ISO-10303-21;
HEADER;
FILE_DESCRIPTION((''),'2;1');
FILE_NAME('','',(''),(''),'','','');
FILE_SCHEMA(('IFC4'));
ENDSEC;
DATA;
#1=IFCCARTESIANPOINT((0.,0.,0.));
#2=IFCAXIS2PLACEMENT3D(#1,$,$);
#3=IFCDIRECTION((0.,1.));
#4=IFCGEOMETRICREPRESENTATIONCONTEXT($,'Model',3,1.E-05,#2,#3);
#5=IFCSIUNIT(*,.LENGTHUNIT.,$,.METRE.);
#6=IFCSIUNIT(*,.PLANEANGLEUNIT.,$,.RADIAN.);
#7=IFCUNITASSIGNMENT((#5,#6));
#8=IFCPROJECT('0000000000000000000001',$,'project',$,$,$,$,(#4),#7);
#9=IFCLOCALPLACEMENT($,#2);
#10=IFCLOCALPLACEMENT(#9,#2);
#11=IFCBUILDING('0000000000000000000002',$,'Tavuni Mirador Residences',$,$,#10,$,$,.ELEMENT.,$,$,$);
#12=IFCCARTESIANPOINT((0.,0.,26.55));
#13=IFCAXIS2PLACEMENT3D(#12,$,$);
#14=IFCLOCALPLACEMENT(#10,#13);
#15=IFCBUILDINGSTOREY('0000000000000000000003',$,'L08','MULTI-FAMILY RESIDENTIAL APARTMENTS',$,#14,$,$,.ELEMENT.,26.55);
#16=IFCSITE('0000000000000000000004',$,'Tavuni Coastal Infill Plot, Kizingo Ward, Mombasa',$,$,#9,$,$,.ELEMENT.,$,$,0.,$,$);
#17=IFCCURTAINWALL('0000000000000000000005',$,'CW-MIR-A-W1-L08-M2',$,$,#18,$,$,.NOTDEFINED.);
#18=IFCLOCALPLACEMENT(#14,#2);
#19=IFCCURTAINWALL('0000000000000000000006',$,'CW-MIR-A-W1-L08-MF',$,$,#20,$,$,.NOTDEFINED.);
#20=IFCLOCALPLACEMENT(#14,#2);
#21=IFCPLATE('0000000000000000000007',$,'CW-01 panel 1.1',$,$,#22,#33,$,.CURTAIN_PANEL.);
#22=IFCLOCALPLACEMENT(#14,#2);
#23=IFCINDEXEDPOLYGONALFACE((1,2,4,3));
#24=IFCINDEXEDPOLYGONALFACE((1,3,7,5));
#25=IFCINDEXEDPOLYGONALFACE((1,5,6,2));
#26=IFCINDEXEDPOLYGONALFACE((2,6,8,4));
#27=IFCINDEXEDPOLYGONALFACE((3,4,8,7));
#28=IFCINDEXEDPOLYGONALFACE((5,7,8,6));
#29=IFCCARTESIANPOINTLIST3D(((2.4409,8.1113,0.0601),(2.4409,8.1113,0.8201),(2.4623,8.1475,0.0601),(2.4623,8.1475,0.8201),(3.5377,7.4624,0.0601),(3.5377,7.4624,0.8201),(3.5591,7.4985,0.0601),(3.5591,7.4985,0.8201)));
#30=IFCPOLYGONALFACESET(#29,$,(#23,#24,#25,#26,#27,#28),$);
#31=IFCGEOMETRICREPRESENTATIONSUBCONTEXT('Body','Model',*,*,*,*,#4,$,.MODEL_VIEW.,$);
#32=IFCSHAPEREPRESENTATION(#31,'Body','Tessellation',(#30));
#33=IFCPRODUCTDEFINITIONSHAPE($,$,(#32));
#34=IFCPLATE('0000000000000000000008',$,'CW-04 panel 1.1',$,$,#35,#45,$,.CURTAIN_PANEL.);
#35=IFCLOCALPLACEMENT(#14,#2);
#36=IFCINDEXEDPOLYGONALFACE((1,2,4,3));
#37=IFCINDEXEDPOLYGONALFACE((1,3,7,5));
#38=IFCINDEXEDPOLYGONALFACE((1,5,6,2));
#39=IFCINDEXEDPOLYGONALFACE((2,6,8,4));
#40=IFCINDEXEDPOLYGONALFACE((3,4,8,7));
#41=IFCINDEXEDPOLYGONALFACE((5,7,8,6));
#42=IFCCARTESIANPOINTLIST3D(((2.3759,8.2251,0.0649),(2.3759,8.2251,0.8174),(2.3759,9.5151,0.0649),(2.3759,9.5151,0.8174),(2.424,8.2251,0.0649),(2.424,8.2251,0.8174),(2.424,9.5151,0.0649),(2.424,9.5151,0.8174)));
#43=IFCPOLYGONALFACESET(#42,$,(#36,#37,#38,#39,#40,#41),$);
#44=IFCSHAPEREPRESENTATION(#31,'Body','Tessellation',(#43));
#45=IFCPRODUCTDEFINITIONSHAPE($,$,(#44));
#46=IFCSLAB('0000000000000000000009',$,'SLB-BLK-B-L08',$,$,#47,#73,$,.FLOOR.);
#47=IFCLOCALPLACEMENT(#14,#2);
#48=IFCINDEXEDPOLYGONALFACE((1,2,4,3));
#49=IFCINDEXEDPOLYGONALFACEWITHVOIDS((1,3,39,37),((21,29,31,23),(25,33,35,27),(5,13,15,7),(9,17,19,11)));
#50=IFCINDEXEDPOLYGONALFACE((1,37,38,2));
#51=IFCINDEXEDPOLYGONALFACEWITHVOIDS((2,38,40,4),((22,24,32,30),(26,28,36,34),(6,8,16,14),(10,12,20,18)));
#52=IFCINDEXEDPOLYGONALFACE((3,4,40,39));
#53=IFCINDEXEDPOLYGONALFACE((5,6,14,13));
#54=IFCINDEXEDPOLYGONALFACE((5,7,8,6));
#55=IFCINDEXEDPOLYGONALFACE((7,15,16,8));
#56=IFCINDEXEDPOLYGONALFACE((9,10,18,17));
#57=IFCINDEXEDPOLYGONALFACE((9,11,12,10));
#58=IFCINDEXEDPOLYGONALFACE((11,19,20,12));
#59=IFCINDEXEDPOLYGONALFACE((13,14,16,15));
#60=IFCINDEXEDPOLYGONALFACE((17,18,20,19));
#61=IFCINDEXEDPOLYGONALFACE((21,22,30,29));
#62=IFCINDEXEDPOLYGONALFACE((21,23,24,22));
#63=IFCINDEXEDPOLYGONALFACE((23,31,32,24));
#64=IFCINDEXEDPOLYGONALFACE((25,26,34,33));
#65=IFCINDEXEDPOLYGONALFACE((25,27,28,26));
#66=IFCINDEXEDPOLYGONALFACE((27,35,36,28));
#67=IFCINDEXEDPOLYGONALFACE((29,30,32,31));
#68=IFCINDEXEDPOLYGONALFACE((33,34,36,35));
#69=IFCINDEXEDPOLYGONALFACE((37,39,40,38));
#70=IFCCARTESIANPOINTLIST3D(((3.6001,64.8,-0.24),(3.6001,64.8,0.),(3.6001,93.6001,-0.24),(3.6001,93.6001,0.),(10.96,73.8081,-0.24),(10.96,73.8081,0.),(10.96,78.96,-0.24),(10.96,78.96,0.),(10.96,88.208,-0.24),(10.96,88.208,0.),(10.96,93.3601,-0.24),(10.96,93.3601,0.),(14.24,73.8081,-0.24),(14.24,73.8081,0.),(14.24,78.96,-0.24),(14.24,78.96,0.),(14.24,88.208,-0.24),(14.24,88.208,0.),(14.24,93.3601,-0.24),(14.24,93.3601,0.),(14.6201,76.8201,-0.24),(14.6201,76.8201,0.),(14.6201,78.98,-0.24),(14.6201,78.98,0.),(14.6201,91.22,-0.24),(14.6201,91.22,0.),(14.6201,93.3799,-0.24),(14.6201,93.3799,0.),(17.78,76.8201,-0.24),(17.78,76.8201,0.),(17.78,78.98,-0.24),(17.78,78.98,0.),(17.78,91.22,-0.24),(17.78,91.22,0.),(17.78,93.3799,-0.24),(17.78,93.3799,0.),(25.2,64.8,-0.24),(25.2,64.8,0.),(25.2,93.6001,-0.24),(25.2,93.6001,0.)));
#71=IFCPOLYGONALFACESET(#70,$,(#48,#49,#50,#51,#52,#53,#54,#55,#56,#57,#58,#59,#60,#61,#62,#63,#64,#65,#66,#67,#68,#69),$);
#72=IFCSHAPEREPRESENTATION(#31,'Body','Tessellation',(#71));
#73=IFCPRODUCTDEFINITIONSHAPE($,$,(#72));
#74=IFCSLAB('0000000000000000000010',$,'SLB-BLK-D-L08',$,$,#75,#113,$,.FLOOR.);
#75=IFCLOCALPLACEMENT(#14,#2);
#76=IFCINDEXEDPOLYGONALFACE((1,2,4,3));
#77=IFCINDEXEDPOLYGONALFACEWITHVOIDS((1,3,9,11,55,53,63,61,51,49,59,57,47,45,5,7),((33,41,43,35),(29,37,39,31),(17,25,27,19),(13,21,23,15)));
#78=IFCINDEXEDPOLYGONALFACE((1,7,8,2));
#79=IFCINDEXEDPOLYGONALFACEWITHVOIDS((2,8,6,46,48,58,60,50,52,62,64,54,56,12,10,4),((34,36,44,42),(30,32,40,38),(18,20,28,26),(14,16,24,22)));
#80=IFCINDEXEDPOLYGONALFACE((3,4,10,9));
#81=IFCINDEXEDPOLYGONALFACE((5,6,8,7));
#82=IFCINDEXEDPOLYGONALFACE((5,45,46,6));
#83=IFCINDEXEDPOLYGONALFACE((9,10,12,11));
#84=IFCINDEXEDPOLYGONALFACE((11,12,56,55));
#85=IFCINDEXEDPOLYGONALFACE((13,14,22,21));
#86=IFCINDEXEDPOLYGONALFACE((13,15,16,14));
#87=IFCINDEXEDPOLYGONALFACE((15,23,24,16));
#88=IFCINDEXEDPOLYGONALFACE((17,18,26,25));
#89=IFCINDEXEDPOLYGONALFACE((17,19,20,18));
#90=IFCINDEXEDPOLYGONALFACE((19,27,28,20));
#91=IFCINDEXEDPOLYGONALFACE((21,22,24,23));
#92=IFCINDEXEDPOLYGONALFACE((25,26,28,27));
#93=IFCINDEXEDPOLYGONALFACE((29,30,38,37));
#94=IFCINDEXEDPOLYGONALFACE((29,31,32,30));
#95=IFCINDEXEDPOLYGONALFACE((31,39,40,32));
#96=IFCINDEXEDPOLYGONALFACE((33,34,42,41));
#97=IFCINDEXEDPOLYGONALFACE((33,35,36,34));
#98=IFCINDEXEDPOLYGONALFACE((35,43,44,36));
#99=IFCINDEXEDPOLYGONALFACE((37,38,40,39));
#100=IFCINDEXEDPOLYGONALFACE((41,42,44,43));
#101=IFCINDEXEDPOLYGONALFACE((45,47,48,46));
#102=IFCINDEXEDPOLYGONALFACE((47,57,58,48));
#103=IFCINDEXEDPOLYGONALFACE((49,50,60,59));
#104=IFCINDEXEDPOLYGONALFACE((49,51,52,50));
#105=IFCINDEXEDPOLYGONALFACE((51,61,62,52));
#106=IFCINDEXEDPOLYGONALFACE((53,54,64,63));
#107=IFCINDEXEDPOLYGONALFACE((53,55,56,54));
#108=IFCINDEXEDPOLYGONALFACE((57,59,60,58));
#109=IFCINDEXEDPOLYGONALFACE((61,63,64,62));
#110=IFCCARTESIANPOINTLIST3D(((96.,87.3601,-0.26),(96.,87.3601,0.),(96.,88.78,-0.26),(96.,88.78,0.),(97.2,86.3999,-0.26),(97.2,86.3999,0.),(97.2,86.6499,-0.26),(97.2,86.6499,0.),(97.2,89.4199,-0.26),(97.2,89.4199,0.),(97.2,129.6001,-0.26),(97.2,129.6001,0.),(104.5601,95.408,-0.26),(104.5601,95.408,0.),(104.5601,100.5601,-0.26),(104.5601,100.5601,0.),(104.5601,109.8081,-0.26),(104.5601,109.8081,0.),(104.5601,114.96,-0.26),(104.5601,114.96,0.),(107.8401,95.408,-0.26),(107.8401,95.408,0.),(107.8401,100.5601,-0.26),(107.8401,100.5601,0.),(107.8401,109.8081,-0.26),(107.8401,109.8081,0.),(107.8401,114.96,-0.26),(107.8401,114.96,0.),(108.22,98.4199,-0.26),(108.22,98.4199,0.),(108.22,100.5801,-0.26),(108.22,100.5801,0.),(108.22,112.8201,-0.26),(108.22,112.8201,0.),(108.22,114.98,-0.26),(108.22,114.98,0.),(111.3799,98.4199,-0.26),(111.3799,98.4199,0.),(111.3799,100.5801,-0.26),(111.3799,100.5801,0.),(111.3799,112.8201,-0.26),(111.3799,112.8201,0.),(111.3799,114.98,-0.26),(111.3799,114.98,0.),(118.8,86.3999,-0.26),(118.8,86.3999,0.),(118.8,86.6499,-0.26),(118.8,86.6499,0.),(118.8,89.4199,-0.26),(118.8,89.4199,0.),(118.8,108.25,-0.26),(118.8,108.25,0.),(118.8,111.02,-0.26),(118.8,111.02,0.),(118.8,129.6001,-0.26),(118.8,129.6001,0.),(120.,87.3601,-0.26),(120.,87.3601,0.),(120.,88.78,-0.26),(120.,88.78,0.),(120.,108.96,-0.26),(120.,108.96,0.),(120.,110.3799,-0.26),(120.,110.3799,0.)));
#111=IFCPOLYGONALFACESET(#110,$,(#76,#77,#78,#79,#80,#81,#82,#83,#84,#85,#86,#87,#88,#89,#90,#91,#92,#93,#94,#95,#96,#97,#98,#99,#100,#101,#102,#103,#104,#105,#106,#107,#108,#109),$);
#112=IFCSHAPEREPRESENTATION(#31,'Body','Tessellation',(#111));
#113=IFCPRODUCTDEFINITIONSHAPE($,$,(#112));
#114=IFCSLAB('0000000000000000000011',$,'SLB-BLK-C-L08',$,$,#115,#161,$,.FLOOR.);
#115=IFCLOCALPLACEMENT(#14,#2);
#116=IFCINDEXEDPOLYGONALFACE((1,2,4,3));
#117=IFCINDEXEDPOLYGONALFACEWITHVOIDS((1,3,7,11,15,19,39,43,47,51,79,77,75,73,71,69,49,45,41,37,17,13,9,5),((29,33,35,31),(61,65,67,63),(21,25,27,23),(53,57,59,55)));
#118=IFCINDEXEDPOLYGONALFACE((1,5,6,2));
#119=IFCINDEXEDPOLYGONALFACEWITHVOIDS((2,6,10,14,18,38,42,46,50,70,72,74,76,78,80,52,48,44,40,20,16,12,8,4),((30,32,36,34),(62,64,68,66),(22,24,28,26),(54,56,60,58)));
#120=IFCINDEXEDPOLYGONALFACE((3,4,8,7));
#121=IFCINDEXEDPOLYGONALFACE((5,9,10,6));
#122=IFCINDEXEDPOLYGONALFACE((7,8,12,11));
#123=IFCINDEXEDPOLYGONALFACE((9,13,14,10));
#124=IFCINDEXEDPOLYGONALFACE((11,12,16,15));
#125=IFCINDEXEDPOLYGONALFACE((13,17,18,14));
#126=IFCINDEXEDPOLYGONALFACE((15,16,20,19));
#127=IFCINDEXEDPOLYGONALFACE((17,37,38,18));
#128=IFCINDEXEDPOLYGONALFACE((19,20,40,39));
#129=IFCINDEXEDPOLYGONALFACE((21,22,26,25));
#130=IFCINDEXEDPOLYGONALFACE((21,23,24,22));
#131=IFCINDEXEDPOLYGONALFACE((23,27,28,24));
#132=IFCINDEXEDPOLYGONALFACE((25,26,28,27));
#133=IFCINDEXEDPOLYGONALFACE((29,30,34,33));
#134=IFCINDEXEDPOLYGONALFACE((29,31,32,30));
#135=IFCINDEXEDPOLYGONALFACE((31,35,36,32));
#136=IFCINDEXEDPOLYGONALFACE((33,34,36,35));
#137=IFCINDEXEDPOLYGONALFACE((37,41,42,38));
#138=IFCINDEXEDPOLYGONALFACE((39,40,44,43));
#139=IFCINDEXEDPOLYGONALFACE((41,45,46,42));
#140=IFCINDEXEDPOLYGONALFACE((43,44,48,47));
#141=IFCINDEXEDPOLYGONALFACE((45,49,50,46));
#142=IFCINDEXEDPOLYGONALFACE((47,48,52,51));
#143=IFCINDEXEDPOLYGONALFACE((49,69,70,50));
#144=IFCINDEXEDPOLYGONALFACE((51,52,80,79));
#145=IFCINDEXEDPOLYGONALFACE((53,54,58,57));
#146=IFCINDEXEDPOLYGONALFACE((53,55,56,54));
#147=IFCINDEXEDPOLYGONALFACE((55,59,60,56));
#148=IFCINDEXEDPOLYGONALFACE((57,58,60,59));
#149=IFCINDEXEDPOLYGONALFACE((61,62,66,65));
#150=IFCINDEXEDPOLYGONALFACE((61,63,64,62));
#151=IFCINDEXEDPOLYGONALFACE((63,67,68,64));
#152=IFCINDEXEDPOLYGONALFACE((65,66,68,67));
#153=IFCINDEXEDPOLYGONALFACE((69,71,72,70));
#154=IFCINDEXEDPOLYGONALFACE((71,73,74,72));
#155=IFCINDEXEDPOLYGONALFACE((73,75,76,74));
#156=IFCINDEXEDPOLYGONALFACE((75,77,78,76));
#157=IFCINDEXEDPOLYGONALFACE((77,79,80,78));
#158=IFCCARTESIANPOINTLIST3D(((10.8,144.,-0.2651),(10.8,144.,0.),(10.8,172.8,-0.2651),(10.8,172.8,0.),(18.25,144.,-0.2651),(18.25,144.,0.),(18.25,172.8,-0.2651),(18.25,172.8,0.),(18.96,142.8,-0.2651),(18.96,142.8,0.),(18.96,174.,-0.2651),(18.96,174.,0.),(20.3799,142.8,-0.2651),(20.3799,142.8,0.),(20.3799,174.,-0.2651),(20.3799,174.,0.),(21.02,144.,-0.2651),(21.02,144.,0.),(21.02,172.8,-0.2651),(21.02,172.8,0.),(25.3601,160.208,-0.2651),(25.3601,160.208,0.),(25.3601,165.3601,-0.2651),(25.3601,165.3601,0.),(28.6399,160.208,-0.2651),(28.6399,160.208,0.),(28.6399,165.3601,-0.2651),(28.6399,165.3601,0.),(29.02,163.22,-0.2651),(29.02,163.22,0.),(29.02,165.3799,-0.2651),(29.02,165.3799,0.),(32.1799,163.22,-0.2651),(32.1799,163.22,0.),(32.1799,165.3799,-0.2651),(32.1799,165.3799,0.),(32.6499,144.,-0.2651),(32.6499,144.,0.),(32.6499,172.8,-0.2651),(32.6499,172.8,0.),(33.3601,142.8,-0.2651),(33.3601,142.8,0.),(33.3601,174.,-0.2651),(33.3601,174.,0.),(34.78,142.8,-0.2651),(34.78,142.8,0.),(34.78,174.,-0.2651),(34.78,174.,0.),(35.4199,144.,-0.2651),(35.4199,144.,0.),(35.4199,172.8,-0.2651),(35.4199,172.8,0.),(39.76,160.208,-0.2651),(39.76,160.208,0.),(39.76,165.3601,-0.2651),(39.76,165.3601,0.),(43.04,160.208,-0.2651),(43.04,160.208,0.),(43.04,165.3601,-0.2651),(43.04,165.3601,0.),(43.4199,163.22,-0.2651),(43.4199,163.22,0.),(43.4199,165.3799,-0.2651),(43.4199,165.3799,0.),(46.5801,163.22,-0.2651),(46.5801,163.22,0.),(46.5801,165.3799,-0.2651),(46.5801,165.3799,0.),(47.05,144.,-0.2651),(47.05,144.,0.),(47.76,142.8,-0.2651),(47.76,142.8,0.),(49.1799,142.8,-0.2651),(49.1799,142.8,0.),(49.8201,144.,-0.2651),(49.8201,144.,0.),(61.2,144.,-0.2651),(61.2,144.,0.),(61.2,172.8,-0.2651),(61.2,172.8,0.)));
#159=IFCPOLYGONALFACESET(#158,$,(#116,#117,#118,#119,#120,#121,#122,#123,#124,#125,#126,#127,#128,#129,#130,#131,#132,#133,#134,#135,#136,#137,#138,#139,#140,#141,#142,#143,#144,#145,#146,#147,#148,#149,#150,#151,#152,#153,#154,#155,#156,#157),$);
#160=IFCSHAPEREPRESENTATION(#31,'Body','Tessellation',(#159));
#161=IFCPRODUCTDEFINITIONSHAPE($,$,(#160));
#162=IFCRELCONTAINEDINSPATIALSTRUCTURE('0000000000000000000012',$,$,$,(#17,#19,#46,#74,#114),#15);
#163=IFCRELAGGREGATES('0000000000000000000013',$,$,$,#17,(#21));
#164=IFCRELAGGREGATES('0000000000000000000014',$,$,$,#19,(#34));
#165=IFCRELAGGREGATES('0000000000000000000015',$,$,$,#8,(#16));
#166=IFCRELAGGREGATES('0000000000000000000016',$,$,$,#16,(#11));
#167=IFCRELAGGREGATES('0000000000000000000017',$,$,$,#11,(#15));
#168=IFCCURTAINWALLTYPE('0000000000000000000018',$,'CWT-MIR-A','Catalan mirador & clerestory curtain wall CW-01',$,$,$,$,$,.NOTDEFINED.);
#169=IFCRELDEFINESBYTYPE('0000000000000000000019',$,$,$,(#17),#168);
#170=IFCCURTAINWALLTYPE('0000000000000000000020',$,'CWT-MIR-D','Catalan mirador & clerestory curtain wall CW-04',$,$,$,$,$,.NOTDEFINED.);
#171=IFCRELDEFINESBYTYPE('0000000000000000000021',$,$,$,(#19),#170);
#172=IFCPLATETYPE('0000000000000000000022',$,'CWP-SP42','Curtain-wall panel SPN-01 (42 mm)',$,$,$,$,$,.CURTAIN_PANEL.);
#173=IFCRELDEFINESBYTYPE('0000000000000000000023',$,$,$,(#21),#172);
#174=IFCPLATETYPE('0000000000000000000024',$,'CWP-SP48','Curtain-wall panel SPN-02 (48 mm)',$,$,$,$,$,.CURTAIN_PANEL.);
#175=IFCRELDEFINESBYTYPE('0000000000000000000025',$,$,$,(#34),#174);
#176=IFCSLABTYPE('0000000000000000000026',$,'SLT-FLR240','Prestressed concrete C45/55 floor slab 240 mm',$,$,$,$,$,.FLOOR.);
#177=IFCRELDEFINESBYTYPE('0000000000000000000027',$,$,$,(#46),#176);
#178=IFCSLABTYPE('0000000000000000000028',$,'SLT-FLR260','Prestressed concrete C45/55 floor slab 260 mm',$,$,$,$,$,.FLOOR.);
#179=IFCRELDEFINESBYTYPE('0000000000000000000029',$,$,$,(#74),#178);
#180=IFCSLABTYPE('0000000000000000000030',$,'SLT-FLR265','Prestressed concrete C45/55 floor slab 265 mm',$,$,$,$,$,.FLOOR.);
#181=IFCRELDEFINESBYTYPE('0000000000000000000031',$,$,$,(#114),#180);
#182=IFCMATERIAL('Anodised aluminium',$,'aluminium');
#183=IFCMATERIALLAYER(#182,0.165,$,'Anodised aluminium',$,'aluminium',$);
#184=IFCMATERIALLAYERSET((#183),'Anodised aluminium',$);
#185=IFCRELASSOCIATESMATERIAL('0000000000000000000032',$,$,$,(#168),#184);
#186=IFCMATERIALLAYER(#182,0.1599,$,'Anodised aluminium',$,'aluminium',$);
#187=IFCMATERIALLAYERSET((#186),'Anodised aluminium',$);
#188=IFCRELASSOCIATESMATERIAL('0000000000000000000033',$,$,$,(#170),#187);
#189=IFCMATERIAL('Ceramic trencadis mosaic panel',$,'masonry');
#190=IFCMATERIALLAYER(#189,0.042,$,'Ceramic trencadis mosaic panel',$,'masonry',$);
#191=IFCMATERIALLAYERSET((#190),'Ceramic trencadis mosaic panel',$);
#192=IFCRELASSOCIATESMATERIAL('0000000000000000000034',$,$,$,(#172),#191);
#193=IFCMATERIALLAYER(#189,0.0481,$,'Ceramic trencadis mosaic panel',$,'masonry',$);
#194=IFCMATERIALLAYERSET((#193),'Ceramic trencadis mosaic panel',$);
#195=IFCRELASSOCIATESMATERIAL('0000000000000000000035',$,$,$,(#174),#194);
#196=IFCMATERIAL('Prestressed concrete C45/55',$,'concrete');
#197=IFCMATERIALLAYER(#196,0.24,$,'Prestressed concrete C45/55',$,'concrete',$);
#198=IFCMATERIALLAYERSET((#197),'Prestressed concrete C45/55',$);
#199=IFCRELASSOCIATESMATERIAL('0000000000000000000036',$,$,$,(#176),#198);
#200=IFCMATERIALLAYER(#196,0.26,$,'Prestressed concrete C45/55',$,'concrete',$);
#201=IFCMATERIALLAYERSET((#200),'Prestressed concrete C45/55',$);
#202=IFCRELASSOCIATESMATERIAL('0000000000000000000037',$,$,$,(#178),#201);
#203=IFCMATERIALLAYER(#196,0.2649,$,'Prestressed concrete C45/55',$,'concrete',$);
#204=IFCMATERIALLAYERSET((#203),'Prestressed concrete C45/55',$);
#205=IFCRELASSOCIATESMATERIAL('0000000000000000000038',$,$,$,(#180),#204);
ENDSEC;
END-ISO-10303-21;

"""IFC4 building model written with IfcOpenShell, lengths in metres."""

from ifc_helpers import new_model, si_unit, direction, frame, origin, origin_2d, place, context, subcontext, project, spatial, polyline, rectangle, outline, extrude, material, layer, layer_set, type_object, element, aggregate, save


model = new_model("IFC4")

# Units and contexts
model_context = context("Model", 3, precision=1e-05, world=origin(), true_north=direction((0.0, 1.0)))
body_context = subcontext(model_context, "Body", "Model", "MODEL_VIEW")
ifc_project = project(units=[si_unit("LENGTHUNIT", "METRE"), si_unit("PLANEANGLEUNIT", "RADIAN")], contexts=[model_context])

# Site, building, storey
site_placement = place(None, origin())
site = spatial("IfcSite", under=ifc_project, at=site_placement, Name="Tavuni Coastal Infill Plot, Kizingo Ward, Mombasa", CompositionType="ELEMENT", RefElevation=0.0)
building_placement = place(site_placement, origin())
building = spatial("IfcBuilding", under=site, at=building_placement, Name="Tavuni Mirador Residences", CompositionType="ELEMENT")
storey_placement = place(building_placement, frame((0.0, 0.0, 26.55)))
storey = spatial("IfcBuildingStorey", under=building, at=storey_placement, Name="L08", Description="MULTI-FAMILY RESIDENTIAL APARTMENTS", CompositionType="ELEMENT", Elevation=26.55)

# Curtain walls
ifc_material_1 = material(Name="Anodised aluminium", Category="aluminium")
ifc_layer_1 = layer(ifc_material_1, 0.165, Name="Anodised aluminium", Category="aluminium")
ifc_layer_set_1 = layer_set([ifc_layer_1], Name="Anodised aluminium")
curtain_wall_type_1 = type_object("IfcCurtainWallType", Name="CWT-MIR-A", Description="Catalan mirador & clerestory curtain wall CW-01", PredefinedType="NOTDEFINED", material=ifc_layer_set_1)
curtain_wall_1_placement = place(storey_placement, origin())
curtain_wall_1 = element("IfcCurtainWall", 1, at=curtain_wall_1_placement, inside=storey, type_object=curtain_wall_type_1, Name="CW-MIR-A-W1-L08-M2", PredefinedType="NOTDEFINED")
ifc_layer_2 = layer(ifc_material_1, 0.1599, Name="Anodised aluminium", Category="aluminium")
ifc_layer_set_2 = layer_set([ifc_layer_2], Name="Anodised aluminium")
curtain_wall_type_2 = type_object("IfcCurtainWallType", Name="CWT-MIR-D", Description="Catalan mirador & clerestory curtain wall CW-04", PredefinedType="NOTDEFINED", material=ifc_layer_set_2)
curtain_wall_2_placement = place(storey_placement, origin())
curtain_wall_2 = element("IfcCurtainWall", 2, at=curtain_wall_2_placement, inside=storey, type_object=curtain_wall_type_2, Name="CW-MIR-A-W1-L08-MF", PredefinedType="NOTDEFINED")

# Plates
ifc_material_2 = material(Name="Ceramic trencadis mosaic panel", Category="masonry")
ifc_layer_3 = layer(ifc_material_2, 0.042, Name="Ceramic trencadis mosaic panel", Category="masonry")
ifc_layer_set_3 = layer_set([ifc_layer_3], Name="Ceramic trencadis mosaic panel")
plate_type_1 = type_object("IfcPlateType", Name="CWP-SP42", Description="Curtain-wall panel SPN-01 (42 mm)", PredefinedType="CURTAIN_PANEL", material=ifc_layer_set_3)
plate_1_placement = place(storey_placement, frame((3.0, 7.8049, 0.0601), z_axis=(0.0, 0.0, 1.0), x_axis=(0.860641, -0.509212, 0.0)))
plate_1 = element("IfcPlate", 3, at=plate_1_placement, type_object=plate_type_1, Name="CW-01 panel 1.1", PredefinedType="CURTAIN_PANEL", context=body_context, shape_type="SweptSolid", body=[
    extrude(rectangle(XDim=1.2744, YDim=0.042, at=origin_2d()), origin(), (0.0, 0.0, 1.0), 0.76),
])
aggregate(curtain_wall_1, [plate_1])
ifc_layer_4 = layer(ifc_material_2, 0.0481, Name="Ceramic trencadis mosaic panel", Category="masonry")
ifc_layer_set_4 = layer_set([ifc_layer_4], Name="Ceramic trencadis mosaic panel")
plate_type_2 = type_object("IfcPlateType", Name="CWP-SP48", Description="Curtain-wall panel SPN-02 (48 mm)", PredefinedType="CURTAIN_PANEL", material=ifc_layer_set_4)
plate_2_placement = place(storey_placement, frame((2.3999, 8.8701, 0.0649), z_axis=(0.0, 0.0, 1.0), x_axis=(0.0, -1.0, 0.0)))
plate_2 = element("IfcPlate", 4, at=plate_2_placement, type_object=plate_type_2, Name="CW-04 panel 1.1", PredefinedType="CURTAIN_PANEL", context=body_context, shape_type="SweptSolid", body=[
    extrude(rectangle(XDim=1.29, YDim=0.0481, at=origin_2d()), origin(), (0.0, 0.0, 1.0), 0.7524),
])
aggregate(curtain_wall_2, [plate_2])

# Slabs
ifc_material_3 = material(Name="Prestressed concrete C45/55", Category="concrete")
ifc_layer_5 = layer(ifc_material_3, 0.24, Name="Prestressed concrete C45/55", Category="concrete")
ifc_layer_set_5 = layer_set([ifc_layer_5], Name="Prestressed concrete C45/55")
slab_type_1 = type_object("IfcSlabType", Name="SLT-FLR240", Description="Prestressed concrete C45/55 floor slab 240 mm", PredefinedType="FLOOR", material=ifc_layer_set_5)
slab_1_placement = place(storey_placement, frame((0.0, 0.0, -0.24)))
element("IfcSlab", 5, at=slab_1_placement, inside=storey, type_object=slab_type_1, Name="SLB-BLK-B-L08", PredefinedType="FLOOR", context=body_context, shape_type="SweptSolid", body=[
    extrude(outline(polyline([(3.6001, 64.8), (25.2, 64.8), (25.2, 93.6001), (3.6001, 93.6001), (3.6001, 64.8)]), holes=[polyline([(10.96, 73.8081), (14.24, 73.8081), (14.24, 78.96), (10.96, 78.96), (10.96, 73.8081)]), polyline([(14.6201, 76.8201), (17.78, 76.8201), (17.78, 78.98), (14.6201, 78.98), (14.6201, 76.8201)]), polyline([(10.96, 88.208), (14.24, 88.208), (14.24, 93.3601), (10.96, 93.3601), (10.96, 88.208)]), polyline([(14.6201, 91.22), (17.78, 91.22), (17.78, 93.3799), (14.6201, 93.3799), (14.6201, 91.22)])]), origin(), (0.0, 0.0, 1.0), 0.24),
])
ifc_layer_6 = layer(ifc_material_3, 0.26, Name="Prestressed concrete C45/55", Category="concrete")
ifc_layer_set_6 = layer_set([ifc_layer_6], Name="Prestressed concrete C45/55")
slab_type_2 = type_object("IfcSlabType", Name="SLT-FLR260", Description="Prestressed concrete C45/55 floor slab 260 mm", PredefinedType="FLOOR", material=ifc_layer_set_6)
slab_2_placement = place(storey_placement, frame((0.0, 0.0, -0.26)))
element("IfcSlab", 6, at=slab_2_placement, inside=storey, type_object=slab_type_2, Name="SLB-BLK-D-L08", PredefinedType="FLOOR", context=body_context, shape_type="SweptSolid", body=[
    extrude(outline(polyline([(97.2, 86.3999), (118.8, 86.3999), (118.8, 86.6499), (120.0, 87.3601), (120.0, 88.78), (118.8, 89.4199), (118.8, 108.25), (120.0, 108.96), (120.0, 110.3799), (118.8, 111.02), (118.8, 129.6001), (97.2, 129.6001), (97.2, 89.4199), (96.0, 88.78), (96.0, 87.3601), (97.2, 86.6499), (97.2, 86.3999)]), holes=[polyline([(104.5601, 95.408), (107.8401, 95.408), (107.8401, 100.5601), (104.5601, 100.5601), (104.5601, 95.408)]), polyline([(108.22, 98.4199), (111.3799, 98.4199), (111.3799, 100.5801), (108.22, 100.5801), (108.22, 98.4199)]), polyline([(104.5601, 109.8081), (107.8401, 109.8081), (107.8401, 114.96), (104.5601, 114.96), (104.5601, 109.8081)]), polyline([(108.22, 112.8201), (111.3799, 112.8201), (111.3799, 114.98), (108.22, 114.98), (108.22, 112.8201)])]), origin(), (0.0, 0.0, 1.0), 0.26),
])
ifc_layer_7 = layer(ifc_material_3, 0.2649, Name="Prestressed concrete C45/55", Category="concrete")
ifc_layer_set_7 = layer_set([ifc_layer_7], Name="Prestressed concrete C45/55")
slab_type_3 = type_object("IfcSlabType", Name="SLT-FLR265", Description="Prestressed concrete C45/55 floor slab 265 mm", PredefinedType="FLOOR", material=ifc_layer_set_7)
slab_3_placement = place(storey_placement, frame((0.0, 0.0, -0.2651)))
element("IfcSlab", 7, at=slab_3_placement, inside=storey, type_object=slab_type_3, Name="SLB-BLK-C-L08", PredefinedType="FLOOR", context=body_context, shape_type="SweptSolid", body=[
    extrude(outline(polyline([(10.8, 144.0), (18.25, 144.0), (18.96, 142.8), (20.3799, 142.8), (21.02, 144.0), (32.6499, 144.0), (33.3601, 142.8), (34.78, 142.8), (35.4199, 144.0), (47.05, 144.0), (47.76, 142.8), (49.1799, 142.8), (49.8201, 144.0), (61.2, 144.0), (61.2, 172.8), (35.4199, 172.8), (34.78, 174.0), (33.3601, 174.0), (32.6499, 172.8), (21.02, 172.8), (20.3799, 174.0), (18.96, 174.0), (18.25, 172.8), (10.8, 172.8), (10.8, 144.0)]), holes=[polyline([(25.3601, 160.208), (28.6399, 160.208), (28.6399, 165.3601), (25.3601, 165.3601), (25.3601, 160.208)]), polyline([(29.02, 163.22), (32.1799, 163.22), (32.1799, 165.3799), (29.02, 165.3799), (29.02, 163.22)]), polyline([(39.76, 160.208), (43.04, 160.208), (43.04, 165.3601), (39.76, 165.3601), (39.76, 160.208)]), polyline([(43.4199, 163.22), (46.5801, 163.22), (46.5801, 165.3799), (43.4199, 165.3799), (43.4199, 163.22)])]), origin(), (0.0, 0.0, 1.0), 0.2651),
])

save(model, "model.ifc")
